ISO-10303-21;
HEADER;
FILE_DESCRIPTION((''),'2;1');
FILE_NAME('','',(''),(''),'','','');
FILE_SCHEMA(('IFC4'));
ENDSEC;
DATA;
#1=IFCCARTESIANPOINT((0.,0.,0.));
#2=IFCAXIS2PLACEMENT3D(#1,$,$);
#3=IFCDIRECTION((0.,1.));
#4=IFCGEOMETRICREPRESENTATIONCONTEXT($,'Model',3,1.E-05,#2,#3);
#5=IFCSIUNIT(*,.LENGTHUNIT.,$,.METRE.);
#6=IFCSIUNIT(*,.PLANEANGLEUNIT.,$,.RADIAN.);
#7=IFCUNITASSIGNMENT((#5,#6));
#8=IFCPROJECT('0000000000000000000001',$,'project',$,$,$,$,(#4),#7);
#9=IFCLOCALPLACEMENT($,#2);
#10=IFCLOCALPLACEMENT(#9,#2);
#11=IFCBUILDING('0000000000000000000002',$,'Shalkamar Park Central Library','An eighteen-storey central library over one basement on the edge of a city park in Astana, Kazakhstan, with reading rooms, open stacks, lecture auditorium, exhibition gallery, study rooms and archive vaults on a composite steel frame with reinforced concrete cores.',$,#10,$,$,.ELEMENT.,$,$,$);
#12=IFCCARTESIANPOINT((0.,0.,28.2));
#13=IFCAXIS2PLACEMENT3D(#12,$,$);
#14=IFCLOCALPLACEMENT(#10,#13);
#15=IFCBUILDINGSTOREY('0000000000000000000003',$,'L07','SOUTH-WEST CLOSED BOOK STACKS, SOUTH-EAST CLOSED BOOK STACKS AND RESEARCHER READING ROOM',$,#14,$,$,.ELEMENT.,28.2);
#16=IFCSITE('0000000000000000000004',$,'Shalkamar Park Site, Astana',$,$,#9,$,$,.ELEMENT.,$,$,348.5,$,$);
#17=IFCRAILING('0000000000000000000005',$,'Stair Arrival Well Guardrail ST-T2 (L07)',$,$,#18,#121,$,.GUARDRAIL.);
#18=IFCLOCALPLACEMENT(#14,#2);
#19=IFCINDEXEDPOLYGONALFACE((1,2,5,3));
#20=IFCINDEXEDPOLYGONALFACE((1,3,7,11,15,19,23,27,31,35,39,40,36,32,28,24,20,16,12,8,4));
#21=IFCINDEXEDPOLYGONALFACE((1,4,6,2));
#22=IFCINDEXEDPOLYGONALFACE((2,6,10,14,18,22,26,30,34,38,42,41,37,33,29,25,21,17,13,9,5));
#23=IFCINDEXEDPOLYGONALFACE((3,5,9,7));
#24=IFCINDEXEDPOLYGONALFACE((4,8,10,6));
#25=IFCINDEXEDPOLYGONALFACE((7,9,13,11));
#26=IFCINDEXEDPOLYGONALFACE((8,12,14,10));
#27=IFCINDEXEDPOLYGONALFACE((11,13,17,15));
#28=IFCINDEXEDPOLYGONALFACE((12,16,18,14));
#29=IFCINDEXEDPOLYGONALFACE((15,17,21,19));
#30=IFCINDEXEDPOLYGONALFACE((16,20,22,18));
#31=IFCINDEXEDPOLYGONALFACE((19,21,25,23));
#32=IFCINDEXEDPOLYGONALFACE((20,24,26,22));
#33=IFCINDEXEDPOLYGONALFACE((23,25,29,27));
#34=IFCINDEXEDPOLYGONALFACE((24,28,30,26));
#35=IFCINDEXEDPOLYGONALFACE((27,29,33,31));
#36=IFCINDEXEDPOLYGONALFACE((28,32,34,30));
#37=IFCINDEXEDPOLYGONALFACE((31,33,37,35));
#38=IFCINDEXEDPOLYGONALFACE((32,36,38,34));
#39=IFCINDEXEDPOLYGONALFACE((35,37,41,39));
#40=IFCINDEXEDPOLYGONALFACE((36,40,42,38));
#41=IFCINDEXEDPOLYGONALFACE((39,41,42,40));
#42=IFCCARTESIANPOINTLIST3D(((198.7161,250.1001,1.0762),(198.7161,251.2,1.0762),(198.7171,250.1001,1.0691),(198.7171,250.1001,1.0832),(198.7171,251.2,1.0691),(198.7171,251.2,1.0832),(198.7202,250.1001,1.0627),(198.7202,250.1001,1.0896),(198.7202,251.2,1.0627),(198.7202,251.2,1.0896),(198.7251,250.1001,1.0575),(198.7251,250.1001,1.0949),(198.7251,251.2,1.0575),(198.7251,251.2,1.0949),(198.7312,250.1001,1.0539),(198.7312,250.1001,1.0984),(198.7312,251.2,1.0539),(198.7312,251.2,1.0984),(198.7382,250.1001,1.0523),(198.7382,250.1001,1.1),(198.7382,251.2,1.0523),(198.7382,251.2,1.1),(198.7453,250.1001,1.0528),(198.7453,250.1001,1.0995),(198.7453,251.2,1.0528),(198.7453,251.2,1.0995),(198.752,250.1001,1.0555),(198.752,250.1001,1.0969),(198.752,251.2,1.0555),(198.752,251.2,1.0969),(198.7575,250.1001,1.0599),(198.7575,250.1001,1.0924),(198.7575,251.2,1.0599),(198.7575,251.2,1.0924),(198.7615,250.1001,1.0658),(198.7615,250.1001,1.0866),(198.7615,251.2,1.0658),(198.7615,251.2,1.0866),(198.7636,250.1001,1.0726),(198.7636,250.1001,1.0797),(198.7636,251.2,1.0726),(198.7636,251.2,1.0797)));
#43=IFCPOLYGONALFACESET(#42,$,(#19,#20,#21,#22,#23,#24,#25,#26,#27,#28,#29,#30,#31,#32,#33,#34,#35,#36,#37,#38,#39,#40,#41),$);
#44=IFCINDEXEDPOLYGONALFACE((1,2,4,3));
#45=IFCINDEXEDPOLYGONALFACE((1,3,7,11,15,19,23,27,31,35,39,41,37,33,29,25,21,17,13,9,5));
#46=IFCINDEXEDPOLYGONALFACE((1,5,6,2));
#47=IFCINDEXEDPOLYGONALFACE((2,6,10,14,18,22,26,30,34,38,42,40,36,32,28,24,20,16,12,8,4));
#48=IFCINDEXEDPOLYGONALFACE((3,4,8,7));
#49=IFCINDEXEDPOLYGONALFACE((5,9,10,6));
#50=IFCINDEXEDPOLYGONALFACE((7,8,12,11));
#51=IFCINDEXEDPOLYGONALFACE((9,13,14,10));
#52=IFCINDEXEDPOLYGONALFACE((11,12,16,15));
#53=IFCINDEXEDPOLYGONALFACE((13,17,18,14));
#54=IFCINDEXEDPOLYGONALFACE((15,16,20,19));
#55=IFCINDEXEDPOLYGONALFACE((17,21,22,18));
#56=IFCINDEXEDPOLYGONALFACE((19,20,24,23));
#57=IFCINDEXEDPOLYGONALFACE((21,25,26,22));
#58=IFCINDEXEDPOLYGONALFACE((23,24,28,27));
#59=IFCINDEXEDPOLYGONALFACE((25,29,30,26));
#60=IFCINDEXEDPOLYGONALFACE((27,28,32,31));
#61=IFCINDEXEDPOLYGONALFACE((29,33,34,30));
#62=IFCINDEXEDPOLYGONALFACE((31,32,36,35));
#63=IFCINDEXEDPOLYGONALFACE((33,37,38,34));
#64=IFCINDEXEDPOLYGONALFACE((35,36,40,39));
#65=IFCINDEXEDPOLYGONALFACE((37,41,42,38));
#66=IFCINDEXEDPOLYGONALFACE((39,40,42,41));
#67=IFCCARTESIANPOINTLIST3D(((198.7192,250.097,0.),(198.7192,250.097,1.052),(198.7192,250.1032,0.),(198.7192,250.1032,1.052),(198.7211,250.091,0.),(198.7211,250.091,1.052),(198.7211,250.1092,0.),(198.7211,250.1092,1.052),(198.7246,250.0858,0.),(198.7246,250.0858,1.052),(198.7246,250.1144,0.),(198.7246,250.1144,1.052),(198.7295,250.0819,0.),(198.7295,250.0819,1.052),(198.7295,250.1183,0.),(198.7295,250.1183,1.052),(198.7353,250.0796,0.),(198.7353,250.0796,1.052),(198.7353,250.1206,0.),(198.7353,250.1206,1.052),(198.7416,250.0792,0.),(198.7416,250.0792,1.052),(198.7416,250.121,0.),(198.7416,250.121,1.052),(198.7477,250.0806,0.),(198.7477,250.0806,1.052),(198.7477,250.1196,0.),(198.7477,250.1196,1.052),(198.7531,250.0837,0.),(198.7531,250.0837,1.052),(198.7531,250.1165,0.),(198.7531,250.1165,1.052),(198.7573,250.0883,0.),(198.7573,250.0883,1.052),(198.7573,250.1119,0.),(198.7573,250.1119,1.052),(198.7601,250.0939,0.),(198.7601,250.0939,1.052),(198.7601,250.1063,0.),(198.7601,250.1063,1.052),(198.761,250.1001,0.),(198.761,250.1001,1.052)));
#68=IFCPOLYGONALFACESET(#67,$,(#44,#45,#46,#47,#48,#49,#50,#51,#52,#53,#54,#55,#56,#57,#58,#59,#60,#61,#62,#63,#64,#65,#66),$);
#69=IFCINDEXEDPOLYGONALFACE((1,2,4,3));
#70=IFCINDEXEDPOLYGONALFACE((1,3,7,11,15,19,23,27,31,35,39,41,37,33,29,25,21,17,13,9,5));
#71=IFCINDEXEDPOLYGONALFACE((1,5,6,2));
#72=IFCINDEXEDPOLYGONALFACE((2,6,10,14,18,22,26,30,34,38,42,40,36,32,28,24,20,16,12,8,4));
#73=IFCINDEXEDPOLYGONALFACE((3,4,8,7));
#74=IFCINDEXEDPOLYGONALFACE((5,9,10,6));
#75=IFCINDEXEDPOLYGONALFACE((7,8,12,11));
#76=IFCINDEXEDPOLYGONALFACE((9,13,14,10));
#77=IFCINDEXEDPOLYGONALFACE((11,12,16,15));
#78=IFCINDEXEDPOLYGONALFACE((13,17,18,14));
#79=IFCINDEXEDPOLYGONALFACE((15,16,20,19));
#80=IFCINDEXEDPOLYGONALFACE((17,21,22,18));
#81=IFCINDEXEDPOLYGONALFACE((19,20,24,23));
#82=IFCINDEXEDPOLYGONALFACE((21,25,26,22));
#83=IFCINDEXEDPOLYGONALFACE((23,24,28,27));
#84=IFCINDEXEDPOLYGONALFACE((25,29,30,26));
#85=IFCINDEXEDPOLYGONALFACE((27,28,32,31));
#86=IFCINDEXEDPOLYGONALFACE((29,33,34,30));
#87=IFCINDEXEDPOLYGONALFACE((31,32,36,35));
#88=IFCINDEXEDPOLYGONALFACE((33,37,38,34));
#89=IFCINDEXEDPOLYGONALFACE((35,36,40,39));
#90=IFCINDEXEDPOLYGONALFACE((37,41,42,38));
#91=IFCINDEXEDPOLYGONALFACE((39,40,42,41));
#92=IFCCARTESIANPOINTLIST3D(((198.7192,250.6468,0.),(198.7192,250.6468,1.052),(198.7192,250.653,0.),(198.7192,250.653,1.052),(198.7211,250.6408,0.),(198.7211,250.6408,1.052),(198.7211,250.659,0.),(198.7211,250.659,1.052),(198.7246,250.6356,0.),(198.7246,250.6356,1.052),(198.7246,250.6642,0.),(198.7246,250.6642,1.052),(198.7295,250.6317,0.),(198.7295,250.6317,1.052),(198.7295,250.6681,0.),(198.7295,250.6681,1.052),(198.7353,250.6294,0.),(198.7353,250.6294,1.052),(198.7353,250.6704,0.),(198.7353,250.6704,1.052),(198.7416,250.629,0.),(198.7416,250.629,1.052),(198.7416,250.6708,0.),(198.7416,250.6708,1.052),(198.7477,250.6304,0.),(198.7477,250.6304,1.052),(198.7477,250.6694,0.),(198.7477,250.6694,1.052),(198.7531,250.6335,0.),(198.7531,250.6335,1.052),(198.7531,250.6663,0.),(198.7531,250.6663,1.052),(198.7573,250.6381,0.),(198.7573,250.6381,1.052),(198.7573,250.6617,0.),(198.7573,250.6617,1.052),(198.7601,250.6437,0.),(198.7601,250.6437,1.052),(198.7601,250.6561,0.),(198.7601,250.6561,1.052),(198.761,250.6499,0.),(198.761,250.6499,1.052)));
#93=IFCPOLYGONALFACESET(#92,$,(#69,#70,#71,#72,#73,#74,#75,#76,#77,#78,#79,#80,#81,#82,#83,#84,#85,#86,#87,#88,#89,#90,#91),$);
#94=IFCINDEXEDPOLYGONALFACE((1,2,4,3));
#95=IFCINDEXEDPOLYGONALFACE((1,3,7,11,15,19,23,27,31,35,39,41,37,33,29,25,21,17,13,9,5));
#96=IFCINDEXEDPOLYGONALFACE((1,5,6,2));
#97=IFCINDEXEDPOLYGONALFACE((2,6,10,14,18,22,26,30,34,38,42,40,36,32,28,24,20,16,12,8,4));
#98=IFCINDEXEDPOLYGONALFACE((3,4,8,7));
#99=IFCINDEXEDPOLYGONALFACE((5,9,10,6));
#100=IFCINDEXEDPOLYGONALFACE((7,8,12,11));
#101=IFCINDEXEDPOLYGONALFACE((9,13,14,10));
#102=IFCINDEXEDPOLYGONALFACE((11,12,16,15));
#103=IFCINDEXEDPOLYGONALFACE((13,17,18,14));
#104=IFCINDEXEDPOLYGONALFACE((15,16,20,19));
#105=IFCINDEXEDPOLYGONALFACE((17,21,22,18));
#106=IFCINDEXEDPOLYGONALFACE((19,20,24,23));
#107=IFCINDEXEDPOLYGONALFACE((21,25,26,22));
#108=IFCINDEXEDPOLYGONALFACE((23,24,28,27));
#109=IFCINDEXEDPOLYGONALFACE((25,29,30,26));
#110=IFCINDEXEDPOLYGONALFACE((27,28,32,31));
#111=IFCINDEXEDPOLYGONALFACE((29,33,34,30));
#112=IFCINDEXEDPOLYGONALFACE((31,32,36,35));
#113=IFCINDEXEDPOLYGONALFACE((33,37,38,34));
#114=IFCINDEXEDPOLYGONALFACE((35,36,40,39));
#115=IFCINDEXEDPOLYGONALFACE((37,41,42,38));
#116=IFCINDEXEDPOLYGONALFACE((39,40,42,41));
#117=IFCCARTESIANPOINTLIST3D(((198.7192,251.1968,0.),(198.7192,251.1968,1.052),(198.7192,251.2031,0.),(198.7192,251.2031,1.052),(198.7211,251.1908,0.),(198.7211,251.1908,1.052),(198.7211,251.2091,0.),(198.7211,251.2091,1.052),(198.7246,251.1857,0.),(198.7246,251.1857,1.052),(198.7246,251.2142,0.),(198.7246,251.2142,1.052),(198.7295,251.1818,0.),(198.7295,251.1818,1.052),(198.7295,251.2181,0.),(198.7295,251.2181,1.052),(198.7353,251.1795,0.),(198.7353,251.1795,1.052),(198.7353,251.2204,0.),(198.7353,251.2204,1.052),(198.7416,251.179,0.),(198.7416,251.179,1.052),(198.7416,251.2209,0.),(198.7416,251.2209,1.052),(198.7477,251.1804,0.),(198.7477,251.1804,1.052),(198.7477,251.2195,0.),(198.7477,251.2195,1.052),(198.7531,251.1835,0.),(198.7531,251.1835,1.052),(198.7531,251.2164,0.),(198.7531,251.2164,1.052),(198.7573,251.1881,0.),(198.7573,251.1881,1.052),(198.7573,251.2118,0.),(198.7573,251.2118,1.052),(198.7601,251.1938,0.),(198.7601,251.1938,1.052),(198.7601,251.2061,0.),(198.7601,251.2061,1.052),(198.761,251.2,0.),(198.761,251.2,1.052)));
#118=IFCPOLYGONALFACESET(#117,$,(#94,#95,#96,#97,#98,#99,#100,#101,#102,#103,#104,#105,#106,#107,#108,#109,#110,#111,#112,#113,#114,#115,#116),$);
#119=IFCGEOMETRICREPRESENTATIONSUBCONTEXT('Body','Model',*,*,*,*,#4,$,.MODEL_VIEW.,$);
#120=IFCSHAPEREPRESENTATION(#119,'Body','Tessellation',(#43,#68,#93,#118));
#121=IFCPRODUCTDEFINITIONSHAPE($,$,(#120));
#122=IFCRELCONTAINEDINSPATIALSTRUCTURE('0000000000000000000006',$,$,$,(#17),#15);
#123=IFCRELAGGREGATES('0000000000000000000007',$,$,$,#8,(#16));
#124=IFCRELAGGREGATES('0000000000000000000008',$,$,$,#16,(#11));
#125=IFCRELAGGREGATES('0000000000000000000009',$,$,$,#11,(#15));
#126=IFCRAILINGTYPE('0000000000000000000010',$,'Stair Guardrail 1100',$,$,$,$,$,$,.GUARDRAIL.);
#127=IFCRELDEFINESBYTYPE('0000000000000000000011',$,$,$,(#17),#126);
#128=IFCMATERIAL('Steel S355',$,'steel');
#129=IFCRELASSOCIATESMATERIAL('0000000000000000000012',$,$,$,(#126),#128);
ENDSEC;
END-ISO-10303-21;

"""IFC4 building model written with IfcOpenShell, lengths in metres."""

from ifc_helpers import new_model, si_unit, direction, frame, origin, origin_2d, place, context, subcontext, project, spatial, circle, extrude, material, type_object, element, save


model = new_model("IFC4")

# Units and contexts
model_context = context("Model", 3, precision=1e-05, world=origin(), true_north=direction((0.0, 1.0)))
body_context = subcontext(model_context, "Body", "Model", "MODEL_VIEW")
ifc_project = project(units=[si_unit("LENGTHUNIT", "METRE"), si_unit("PLANEANGLEUNIT", "RADIAN")], contexts=[model_context])

# Site, building, storey
site_placement = place(None, origin())
site = spatial("IfcSite", under=ifc_project, at=site_placement, Name="Shalkamar Park Site, Astana", CompositionType="ELEMENT", RefElevation=348.5)
building_placement = place(site_placement, origin())
building = spatial("IfcBuilding", under=site, at=building_placement, Name="Shalkamar Park Central Library", Description="An eighteen-storey central library over one basement on the edge of a city park in Astana, Kazakhstan, with reading rooms, open stacks, lecture auditorium, exhibition gallery, study rooms and archive vaults on a composite steel frame with reinforced concrete cores.", CompositionType="ELEMENT")
storey_placement = place(building_placement, frame((0.0, 0.0, 28.2)))
storey = spatial("IfcBuildingStorey", under=building, at=storey_placement, Name="L07", Description="SOUTH-WEST CLOSED BOOK STACKS, SOUTH-EAST CLOSED BOOK STACKS AND RESEARCHER READING ROOM", CompositionType="ELEMENT", Elevation=28.2)

# Shared definitions
ifc_material_1 = material(Name="Steel S355", Category="steel")

# Railing
railing_type_1 = type_object("IfcRailingType", Name="Stair Guardrail 1100", PredefinedType="GUARDRAIL", material=ifc_material_1)
railing_1_placement = place(storey_placement, frame((198.74, 250.1001, 0.0)))
element("IfcRailing", 1, at=railing_1_placement, inside=storey, type_object=railing_type_1, Name="Stair Arrival Well Guardrail ST-T2 (L07)", PredefinedType="GUARDRAIL", context=body_context, shape_type="SweptSolid", body=[
    extrude(circle(Radius=0.0239, at=origin_2d()), frame((0.0, 0.0, 1.0762), z_axis=(0.0, 1.0, 0.0), x_axis=(-1.0, 0.0, 0.0)), (0.0, 0.0, 1.0), 1.0999),
    extrude(circle(Radius=0.021, at=origin_2d()), origin(), (0.0, 0.0, 1.0), 1.052),
    extrude(circle(Radius=0.021, at=origin_2d()), frame((0.0, 0.5498, 0.0)), (0.0, 0.0, 1.0), 1.052),
    extrude(circle(Radius=0.021, at=origin_2d()), frame((0.0, 1.0999, 0.0)), (0.0, 0.0, 1.0), 1.052),
])

save(model, "model.ifc")
